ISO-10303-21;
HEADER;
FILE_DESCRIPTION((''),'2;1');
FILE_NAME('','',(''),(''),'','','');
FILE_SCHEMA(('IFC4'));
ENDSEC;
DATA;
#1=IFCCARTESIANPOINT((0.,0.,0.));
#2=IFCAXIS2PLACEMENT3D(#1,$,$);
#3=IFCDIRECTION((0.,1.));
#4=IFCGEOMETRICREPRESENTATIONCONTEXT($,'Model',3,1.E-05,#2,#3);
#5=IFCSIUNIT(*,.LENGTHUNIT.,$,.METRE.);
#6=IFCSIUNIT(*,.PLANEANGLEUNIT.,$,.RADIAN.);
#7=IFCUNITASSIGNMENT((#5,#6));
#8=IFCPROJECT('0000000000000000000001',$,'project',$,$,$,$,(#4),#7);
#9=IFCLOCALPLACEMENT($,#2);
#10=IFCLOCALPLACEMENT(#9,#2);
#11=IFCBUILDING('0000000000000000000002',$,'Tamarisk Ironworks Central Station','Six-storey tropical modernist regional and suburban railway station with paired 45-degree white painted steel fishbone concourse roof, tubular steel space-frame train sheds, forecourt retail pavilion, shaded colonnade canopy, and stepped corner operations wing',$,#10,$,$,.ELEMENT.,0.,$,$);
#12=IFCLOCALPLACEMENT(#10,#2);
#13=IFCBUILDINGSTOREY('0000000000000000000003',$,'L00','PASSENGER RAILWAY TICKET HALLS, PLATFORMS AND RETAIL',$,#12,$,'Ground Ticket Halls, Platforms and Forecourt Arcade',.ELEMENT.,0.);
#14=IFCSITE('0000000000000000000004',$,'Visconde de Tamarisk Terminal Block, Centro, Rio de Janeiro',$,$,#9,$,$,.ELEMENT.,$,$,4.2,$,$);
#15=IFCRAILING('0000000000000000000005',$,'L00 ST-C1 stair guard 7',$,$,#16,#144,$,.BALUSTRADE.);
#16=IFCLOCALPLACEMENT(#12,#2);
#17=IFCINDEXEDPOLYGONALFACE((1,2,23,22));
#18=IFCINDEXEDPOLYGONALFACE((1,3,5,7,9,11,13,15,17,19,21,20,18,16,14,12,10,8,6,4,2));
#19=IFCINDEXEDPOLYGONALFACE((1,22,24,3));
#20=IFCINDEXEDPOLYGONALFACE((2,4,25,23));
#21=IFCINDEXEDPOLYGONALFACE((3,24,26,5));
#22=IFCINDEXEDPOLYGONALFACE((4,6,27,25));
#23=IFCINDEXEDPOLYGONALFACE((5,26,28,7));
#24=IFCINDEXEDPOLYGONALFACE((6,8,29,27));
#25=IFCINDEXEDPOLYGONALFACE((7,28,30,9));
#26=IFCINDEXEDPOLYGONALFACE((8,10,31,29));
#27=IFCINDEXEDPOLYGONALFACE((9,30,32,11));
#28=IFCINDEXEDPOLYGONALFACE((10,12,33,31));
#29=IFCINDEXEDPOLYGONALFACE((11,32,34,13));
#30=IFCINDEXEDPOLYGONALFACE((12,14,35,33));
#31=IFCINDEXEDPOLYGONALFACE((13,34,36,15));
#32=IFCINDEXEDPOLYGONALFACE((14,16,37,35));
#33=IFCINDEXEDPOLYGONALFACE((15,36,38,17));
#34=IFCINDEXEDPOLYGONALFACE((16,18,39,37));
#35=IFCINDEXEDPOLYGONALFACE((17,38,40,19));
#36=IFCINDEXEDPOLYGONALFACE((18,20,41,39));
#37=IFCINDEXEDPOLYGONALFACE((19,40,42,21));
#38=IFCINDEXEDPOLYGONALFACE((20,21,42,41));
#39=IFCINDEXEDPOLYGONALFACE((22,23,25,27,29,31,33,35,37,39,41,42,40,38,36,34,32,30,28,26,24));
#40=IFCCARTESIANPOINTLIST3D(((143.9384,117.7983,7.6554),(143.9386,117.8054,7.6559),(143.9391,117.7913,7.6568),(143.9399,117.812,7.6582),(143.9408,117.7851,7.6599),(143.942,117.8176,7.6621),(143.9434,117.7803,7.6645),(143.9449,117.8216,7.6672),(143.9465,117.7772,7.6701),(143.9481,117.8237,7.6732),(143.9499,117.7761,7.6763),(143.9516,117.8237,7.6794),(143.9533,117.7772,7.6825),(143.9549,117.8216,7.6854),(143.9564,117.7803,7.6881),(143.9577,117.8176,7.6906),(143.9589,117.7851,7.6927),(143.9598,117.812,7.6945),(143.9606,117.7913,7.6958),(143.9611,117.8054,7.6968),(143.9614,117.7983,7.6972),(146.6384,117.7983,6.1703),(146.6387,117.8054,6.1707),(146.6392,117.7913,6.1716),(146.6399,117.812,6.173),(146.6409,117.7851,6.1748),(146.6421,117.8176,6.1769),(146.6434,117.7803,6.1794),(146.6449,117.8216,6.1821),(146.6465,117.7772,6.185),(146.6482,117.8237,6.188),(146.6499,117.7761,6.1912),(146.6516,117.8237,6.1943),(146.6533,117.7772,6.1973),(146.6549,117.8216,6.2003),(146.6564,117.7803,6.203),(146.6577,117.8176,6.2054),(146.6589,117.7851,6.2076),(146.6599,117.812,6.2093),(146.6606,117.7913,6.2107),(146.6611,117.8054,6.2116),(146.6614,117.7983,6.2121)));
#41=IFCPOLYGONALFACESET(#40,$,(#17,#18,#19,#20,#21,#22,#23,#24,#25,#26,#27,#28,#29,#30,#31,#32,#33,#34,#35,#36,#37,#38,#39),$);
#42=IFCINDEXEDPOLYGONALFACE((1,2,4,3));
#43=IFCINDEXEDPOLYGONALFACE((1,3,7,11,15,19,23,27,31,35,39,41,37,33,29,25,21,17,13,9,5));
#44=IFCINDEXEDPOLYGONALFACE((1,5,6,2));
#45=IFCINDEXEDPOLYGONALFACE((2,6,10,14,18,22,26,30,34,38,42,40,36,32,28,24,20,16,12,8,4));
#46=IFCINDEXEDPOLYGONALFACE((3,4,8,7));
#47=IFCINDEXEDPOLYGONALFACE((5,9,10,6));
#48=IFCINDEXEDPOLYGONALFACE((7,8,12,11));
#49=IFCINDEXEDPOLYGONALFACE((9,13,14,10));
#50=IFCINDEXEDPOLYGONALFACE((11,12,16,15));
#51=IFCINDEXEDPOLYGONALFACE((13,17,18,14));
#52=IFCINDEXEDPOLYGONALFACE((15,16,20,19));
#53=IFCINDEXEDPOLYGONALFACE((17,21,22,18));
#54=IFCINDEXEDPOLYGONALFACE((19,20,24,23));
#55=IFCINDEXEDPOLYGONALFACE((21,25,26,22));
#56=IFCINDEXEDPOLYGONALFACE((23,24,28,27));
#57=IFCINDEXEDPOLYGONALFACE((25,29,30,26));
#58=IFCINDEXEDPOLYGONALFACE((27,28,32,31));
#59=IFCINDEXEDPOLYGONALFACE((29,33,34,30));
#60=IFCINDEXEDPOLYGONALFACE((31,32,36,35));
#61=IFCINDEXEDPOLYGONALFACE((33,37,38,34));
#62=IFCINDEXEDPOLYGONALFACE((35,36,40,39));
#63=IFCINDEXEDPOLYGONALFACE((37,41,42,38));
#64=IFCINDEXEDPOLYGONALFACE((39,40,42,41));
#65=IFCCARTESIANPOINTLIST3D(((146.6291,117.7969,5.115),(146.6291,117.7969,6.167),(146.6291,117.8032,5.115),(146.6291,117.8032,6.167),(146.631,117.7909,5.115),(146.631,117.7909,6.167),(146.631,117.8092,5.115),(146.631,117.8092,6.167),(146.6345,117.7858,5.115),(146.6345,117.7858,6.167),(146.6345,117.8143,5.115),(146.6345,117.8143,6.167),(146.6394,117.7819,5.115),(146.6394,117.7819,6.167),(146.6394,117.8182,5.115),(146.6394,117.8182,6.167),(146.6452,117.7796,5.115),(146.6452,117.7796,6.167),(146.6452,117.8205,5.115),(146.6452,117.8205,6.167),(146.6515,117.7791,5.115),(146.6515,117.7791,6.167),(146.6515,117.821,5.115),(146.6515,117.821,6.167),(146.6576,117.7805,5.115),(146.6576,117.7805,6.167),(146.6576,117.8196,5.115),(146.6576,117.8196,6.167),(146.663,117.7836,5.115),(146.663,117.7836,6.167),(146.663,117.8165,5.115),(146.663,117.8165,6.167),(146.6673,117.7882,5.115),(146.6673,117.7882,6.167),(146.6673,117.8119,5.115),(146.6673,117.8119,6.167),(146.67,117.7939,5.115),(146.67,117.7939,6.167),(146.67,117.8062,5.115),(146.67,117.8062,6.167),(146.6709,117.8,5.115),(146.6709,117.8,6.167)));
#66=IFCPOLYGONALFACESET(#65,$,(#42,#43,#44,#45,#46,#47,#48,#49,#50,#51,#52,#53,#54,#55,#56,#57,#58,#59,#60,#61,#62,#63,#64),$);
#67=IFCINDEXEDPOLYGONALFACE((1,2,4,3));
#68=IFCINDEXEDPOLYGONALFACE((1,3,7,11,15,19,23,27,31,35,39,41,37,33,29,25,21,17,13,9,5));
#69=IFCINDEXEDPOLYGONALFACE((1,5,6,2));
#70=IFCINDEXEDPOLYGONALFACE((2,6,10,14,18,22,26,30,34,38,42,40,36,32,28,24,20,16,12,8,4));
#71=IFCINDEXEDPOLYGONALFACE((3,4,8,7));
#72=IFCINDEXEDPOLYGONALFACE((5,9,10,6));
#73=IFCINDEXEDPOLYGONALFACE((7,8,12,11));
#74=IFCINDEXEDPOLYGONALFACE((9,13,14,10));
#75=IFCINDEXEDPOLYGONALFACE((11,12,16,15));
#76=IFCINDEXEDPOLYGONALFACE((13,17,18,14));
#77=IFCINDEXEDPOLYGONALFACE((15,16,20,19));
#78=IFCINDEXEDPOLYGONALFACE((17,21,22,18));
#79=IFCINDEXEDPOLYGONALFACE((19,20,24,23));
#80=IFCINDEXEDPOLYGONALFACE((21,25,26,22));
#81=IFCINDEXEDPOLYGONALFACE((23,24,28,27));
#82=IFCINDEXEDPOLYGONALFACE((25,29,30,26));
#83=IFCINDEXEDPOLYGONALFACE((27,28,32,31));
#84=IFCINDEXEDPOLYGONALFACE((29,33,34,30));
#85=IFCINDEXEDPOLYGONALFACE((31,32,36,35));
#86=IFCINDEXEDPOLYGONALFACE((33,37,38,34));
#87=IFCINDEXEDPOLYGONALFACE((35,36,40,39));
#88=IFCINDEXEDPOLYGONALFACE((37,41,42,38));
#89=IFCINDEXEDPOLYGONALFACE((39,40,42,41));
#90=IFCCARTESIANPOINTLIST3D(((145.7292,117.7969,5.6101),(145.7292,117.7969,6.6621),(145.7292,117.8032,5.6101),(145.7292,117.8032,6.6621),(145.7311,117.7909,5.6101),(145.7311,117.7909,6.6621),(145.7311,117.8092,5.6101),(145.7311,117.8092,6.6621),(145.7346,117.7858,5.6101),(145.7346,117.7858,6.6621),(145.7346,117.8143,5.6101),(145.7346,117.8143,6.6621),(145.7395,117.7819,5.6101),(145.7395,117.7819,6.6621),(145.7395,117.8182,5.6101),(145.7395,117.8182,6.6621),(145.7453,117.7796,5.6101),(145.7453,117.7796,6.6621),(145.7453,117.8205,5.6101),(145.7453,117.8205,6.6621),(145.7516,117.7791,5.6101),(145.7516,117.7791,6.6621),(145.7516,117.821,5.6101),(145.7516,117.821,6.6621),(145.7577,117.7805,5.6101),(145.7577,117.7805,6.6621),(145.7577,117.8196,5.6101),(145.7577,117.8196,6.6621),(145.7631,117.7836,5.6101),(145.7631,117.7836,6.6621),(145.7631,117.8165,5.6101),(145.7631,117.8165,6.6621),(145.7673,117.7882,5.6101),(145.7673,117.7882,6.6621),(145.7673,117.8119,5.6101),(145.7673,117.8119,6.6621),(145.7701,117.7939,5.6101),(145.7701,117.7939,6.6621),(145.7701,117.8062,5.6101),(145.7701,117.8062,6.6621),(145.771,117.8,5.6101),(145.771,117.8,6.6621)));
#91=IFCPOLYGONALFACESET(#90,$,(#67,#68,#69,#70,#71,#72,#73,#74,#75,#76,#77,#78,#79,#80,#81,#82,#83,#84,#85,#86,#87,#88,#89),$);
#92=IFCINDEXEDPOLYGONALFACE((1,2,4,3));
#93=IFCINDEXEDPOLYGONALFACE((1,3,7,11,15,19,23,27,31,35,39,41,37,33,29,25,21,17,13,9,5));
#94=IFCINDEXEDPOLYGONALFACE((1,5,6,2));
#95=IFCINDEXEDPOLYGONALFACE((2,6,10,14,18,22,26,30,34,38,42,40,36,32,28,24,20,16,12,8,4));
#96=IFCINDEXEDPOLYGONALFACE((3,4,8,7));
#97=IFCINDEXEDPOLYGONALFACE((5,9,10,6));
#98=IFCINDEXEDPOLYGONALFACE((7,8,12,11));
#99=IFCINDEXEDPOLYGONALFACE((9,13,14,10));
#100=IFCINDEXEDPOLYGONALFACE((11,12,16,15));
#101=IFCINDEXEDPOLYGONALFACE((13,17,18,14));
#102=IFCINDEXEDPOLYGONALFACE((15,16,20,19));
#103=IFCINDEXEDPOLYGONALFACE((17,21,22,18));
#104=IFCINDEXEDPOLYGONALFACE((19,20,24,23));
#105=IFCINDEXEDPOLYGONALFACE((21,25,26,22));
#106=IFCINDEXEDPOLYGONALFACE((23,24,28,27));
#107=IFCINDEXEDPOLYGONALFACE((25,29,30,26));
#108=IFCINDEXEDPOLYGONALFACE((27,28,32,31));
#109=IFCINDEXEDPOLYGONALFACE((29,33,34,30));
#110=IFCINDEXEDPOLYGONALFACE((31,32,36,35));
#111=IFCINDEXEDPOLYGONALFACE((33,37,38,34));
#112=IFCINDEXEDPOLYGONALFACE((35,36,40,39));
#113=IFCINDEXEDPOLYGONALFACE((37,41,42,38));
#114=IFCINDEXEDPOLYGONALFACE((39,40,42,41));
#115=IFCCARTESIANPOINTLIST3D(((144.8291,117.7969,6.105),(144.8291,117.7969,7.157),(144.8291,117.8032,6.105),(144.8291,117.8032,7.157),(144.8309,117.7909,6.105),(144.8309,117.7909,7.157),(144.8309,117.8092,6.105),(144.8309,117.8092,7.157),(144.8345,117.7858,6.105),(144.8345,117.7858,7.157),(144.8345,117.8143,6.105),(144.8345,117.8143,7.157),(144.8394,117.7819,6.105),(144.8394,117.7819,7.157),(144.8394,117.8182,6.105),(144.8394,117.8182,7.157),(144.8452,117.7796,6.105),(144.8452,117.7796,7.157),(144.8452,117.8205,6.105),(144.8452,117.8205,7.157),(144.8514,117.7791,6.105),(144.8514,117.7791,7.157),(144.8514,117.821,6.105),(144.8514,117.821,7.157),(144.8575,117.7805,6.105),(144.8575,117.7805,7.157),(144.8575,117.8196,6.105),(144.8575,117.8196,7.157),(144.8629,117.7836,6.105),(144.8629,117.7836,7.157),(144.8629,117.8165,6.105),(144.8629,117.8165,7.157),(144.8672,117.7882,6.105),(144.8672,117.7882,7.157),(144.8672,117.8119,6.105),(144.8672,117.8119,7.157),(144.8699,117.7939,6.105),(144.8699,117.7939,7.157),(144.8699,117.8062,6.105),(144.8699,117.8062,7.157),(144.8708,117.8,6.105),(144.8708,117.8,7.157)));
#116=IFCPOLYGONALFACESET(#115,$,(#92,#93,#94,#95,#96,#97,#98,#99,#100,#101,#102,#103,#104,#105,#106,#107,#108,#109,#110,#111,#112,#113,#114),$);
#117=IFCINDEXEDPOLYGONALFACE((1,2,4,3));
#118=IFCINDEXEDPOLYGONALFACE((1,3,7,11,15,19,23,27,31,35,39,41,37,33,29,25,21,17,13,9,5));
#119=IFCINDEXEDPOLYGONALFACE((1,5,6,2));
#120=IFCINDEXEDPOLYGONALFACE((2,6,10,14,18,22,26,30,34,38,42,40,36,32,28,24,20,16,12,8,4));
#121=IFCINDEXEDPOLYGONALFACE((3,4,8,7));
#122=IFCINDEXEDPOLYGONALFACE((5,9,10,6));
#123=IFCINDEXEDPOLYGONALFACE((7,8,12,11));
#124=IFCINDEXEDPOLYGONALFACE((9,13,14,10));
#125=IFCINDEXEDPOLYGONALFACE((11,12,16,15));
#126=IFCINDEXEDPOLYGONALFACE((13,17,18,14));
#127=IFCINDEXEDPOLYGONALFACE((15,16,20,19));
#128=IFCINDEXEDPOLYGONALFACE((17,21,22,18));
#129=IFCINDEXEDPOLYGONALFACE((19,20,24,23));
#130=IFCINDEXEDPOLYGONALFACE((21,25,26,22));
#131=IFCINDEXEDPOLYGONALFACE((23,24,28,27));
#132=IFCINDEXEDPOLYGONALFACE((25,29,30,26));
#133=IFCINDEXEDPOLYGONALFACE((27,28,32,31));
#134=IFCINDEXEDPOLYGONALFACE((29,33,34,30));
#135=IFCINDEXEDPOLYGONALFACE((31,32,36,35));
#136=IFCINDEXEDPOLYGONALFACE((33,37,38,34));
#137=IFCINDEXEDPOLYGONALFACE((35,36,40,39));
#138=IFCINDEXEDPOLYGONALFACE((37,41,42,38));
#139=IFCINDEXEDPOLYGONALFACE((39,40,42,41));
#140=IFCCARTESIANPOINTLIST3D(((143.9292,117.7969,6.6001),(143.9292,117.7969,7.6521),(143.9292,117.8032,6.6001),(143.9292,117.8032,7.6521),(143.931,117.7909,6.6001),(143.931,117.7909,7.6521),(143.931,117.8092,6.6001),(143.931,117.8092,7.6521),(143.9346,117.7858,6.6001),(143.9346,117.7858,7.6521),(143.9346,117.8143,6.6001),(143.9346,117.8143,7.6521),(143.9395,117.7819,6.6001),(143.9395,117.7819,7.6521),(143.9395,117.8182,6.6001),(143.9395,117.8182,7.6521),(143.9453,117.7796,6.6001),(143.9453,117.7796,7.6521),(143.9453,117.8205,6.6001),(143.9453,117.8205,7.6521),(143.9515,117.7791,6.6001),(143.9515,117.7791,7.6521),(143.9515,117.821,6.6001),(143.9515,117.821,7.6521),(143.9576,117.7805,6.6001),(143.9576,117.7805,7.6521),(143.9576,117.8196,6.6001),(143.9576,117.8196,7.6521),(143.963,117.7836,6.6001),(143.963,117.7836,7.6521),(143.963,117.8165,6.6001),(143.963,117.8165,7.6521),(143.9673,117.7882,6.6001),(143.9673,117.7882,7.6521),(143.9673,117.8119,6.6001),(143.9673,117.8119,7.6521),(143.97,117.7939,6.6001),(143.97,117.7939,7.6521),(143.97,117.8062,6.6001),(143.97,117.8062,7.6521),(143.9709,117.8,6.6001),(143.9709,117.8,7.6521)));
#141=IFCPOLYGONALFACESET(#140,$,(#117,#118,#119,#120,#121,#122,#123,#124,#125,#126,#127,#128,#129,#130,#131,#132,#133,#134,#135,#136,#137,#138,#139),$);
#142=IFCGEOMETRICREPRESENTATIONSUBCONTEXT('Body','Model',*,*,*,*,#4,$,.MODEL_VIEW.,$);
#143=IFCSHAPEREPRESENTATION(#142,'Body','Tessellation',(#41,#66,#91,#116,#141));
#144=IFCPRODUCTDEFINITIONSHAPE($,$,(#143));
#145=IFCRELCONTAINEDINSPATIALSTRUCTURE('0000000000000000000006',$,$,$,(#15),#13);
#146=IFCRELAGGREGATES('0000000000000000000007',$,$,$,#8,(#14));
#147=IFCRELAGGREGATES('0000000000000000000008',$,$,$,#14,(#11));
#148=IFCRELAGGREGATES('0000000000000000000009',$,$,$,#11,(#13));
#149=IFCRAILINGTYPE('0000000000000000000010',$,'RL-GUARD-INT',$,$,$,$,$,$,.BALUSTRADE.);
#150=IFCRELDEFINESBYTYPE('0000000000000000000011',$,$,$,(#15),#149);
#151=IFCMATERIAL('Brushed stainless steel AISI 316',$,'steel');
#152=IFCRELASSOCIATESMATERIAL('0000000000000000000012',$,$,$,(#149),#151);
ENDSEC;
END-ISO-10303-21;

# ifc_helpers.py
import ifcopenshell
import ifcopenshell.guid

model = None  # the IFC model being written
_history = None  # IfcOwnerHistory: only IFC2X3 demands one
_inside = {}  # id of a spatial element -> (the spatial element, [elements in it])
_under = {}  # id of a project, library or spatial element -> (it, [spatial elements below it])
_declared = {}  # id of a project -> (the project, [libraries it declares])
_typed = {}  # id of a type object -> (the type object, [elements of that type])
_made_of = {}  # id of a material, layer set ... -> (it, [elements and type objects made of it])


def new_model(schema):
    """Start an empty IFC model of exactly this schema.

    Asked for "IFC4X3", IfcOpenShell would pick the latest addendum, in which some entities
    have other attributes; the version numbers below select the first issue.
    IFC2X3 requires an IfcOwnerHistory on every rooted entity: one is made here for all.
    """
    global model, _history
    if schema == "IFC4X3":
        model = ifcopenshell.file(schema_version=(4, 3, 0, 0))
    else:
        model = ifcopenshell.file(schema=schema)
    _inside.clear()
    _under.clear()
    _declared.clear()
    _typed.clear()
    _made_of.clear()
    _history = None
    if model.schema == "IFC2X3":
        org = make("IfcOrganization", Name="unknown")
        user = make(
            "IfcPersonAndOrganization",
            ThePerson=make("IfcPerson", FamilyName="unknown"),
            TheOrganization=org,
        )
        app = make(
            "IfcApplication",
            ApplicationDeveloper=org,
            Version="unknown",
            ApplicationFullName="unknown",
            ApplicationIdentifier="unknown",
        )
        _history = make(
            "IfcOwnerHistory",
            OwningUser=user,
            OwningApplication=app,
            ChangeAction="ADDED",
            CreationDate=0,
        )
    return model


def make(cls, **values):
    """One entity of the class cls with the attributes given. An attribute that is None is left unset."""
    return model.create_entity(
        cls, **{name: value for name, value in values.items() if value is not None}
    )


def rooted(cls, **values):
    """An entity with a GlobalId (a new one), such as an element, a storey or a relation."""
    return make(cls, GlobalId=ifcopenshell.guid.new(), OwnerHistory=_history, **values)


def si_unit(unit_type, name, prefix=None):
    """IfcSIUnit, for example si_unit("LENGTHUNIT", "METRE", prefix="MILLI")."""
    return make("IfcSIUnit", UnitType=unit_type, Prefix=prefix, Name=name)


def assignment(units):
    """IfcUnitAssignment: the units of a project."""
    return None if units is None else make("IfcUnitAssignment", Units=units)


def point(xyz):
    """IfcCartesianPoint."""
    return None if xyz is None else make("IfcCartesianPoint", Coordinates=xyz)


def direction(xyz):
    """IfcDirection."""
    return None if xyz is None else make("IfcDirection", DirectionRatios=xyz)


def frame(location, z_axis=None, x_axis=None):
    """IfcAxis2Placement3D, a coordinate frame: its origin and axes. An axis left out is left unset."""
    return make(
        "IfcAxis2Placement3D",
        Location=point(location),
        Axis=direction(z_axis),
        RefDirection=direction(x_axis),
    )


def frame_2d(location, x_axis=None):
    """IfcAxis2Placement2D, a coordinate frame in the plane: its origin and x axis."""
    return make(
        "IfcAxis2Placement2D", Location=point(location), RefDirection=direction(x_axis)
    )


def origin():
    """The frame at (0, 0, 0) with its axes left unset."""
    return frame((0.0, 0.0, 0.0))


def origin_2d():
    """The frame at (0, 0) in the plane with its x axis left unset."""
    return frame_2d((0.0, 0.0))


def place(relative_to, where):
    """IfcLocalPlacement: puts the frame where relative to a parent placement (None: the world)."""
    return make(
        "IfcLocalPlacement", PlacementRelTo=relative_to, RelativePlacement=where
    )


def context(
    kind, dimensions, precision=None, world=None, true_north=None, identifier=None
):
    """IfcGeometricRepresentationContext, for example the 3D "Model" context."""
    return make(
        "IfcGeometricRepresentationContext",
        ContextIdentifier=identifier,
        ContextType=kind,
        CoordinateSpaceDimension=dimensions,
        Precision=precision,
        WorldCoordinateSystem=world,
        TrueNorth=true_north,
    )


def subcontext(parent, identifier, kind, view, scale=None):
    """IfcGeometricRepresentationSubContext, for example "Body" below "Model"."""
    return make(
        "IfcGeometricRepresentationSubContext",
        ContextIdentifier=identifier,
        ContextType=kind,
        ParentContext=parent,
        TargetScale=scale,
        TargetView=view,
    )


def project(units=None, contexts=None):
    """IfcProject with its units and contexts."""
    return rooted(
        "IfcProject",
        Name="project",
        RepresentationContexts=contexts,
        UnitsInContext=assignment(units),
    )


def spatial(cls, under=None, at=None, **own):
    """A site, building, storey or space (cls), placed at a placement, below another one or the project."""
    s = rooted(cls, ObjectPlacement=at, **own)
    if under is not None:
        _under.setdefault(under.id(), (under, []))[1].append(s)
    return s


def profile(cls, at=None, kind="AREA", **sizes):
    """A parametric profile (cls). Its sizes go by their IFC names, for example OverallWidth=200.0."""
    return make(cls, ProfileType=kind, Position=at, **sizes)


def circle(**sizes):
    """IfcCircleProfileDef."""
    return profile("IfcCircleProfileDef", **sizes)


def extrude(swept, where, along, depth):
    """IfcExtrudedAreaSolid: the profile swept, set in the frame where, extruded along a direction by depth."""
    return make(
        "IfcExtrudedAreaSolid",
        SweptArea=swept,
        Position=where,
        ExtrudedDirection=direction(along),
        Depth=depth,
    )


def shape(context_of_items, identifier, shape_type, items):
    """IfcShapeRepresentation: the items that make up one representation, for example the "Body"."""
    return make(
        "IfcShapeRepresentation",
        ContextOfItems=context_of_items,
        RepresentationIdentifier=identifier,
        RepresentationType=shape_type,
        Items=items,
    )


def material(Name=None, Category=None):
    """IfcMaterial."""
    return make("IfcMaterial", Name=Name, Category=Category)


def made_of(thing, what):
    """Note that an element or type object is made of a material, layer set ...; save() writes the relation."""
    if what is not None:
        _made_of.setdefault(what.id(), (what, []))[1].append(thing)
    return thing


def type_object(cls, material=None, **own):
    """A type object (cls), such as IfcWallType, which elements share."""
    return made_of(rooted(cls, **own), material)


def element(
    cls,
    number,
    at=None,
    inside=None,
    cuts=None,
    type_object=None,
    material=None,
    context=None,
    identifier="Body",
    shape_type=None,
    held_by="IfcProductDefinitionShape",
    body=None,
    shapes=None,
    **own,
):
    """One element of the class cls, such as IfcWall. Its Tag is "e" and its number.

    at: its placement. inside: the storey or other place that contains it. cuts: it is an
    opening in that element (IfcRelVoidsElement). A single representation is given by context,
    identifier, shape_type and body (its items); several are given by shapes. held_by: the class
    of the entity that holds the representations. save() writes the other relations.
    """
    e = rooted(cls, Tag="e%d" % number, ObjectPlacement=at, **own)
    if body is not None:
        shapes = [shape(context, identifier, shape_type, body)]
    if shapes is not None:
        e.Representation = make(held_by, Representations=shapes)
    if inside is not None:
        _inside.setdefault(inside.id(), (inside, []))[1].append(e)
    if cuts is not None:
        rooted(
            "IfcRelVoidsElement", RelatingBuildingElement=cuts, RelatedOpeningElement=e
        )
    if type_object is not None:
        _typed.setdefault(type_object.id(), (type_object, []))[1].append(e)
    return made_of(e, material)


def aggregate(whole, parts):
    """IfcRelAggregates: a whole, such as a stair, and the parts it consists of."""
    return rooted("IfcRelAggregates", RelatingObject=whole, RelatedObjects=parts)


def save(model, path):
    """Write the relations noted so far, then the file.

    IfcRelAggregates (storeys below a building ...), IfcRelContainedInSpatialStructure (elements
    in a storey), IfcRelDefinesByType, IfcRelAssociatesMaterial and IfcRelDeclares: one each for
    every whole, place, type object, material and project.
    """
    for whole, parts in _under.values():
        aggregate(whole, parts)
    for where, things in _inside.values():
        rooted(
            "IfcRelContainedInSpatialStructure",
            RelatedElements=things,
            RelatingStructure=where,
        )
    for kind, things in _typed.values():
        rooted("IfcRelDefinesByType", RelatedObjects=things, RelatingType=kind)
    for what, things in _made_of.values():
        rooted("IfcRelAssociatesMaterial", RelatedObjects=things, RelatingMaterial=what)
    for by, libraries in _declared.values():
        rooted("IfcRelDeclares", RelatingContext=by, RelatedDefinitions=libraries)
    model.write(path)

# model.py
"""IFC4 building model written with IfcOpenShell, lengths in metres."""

from ifc_helpers import new_model, si_unit, direction, frame, origin, origin_2d, place, context, subcontext, project, spatial, circle, extrude, material, type_object, element, save


model = new_model("IFC4")

# Units and contexts
model_context = context("Model", 3, precision=1e-05, world=origin(), true_north=direction((0.0, 1.0)))
body_context = subcontext(model_context, "Body", "Model", "MODEL_VIEW")
ifc_project = project(units=[si_unit("LENGTHUNIT", "METRE"), si_unit("PLANEANGLEUNIT", "RADIAN")], contexts=[model_context])

# Site, building, storey
site_placement = place(None, origin())
site = spatial("IfcSite", under=ifc_project, at=site_placement, Name="Visconde de Tamarisk Terminal Block, Centro, Rio de Janeiro", CompositionType="ELEMENT", RefElevation=4.2)
building_placement = place(site_placement, origin())
building = spatial("IfcBuilding", under=site, at=building_placement, Name="Tamarisk Ironworks Central Station", Description="Six-storey tropical modernist regional and suburban railway station with paired 45-degree white painted steel fishbone concourse roof, tubular steel space-frame train sheds, forecourt retail pavilion, shaded colonnade canopy, and stepped corner operations wing", CompositionType="ELEMENT", ElevationOfRefHeight=0.0)
storey_placement = place(building_placement, origin())
storey = spatial("IfcBuildingStorey", under=building, at=storey_placement, Name="L00", Description="PASSENGER RAILWAY TICKET HALLS, PLATFORMS AND RETAIL", LongName="Ground Ticket Halls, Platforms and Forecourt Arcade", CompositionType="ELEMENT", Elevation=0.0)

# Railing
ifc_material_1 = material(Name="Brushed stainless steel AISI 316", Category="steel")
railing_type_1 = type_object("IfcRailingType", Name="RL-GUARD-INT", PredefinedType="BALUSTRADE", material=ifc_material_1)
railing_1_placement = place(storey_placement, frame((146.6499, 117.8, 5.115)))
element("IfcRailing", 1, at=railing_1_placement, inside=storey, type_object=railing_type_1, Name="L00 ST-C1 stair guard 7", PredefinedType="BALUSTRADE", context=body_context, shape_type="SweptSolid", body=[
    extrude(circle(Radius=0.0239, at=origin_2d()), frame((0.0, 0.0, 1.0762), z_axis=(-0.876198, 0.0, 0.481952), x_axis=(0.0, -1.0, 0.0)), (0.0, 0.0, 1.0), 3.0815),
    extrude(circle(Radius=0.021, at=origin_2d()), origin(), (0.0, 0.0, 1.0), 1.052),
    extrude(circle(Radius=0.021, at=origin_2d()), frame((-0.8999, 0.0, 0.4951)), (0.0, 0.0, 1.0), 1.052),
    extrude(circle(Radius=0.021, at=origin_2d()), frame((-1.8, 0.0, 0.99)), (0.0, 0.0, 1.0), 1.052),
    extrude(circle(Radius=0.021, at=origin_2d()), frame((-2.7, 0.0, 1.4851)), (0.0, 0.0, 1.0), 1.052),
])

save(model, "model.ifc")
